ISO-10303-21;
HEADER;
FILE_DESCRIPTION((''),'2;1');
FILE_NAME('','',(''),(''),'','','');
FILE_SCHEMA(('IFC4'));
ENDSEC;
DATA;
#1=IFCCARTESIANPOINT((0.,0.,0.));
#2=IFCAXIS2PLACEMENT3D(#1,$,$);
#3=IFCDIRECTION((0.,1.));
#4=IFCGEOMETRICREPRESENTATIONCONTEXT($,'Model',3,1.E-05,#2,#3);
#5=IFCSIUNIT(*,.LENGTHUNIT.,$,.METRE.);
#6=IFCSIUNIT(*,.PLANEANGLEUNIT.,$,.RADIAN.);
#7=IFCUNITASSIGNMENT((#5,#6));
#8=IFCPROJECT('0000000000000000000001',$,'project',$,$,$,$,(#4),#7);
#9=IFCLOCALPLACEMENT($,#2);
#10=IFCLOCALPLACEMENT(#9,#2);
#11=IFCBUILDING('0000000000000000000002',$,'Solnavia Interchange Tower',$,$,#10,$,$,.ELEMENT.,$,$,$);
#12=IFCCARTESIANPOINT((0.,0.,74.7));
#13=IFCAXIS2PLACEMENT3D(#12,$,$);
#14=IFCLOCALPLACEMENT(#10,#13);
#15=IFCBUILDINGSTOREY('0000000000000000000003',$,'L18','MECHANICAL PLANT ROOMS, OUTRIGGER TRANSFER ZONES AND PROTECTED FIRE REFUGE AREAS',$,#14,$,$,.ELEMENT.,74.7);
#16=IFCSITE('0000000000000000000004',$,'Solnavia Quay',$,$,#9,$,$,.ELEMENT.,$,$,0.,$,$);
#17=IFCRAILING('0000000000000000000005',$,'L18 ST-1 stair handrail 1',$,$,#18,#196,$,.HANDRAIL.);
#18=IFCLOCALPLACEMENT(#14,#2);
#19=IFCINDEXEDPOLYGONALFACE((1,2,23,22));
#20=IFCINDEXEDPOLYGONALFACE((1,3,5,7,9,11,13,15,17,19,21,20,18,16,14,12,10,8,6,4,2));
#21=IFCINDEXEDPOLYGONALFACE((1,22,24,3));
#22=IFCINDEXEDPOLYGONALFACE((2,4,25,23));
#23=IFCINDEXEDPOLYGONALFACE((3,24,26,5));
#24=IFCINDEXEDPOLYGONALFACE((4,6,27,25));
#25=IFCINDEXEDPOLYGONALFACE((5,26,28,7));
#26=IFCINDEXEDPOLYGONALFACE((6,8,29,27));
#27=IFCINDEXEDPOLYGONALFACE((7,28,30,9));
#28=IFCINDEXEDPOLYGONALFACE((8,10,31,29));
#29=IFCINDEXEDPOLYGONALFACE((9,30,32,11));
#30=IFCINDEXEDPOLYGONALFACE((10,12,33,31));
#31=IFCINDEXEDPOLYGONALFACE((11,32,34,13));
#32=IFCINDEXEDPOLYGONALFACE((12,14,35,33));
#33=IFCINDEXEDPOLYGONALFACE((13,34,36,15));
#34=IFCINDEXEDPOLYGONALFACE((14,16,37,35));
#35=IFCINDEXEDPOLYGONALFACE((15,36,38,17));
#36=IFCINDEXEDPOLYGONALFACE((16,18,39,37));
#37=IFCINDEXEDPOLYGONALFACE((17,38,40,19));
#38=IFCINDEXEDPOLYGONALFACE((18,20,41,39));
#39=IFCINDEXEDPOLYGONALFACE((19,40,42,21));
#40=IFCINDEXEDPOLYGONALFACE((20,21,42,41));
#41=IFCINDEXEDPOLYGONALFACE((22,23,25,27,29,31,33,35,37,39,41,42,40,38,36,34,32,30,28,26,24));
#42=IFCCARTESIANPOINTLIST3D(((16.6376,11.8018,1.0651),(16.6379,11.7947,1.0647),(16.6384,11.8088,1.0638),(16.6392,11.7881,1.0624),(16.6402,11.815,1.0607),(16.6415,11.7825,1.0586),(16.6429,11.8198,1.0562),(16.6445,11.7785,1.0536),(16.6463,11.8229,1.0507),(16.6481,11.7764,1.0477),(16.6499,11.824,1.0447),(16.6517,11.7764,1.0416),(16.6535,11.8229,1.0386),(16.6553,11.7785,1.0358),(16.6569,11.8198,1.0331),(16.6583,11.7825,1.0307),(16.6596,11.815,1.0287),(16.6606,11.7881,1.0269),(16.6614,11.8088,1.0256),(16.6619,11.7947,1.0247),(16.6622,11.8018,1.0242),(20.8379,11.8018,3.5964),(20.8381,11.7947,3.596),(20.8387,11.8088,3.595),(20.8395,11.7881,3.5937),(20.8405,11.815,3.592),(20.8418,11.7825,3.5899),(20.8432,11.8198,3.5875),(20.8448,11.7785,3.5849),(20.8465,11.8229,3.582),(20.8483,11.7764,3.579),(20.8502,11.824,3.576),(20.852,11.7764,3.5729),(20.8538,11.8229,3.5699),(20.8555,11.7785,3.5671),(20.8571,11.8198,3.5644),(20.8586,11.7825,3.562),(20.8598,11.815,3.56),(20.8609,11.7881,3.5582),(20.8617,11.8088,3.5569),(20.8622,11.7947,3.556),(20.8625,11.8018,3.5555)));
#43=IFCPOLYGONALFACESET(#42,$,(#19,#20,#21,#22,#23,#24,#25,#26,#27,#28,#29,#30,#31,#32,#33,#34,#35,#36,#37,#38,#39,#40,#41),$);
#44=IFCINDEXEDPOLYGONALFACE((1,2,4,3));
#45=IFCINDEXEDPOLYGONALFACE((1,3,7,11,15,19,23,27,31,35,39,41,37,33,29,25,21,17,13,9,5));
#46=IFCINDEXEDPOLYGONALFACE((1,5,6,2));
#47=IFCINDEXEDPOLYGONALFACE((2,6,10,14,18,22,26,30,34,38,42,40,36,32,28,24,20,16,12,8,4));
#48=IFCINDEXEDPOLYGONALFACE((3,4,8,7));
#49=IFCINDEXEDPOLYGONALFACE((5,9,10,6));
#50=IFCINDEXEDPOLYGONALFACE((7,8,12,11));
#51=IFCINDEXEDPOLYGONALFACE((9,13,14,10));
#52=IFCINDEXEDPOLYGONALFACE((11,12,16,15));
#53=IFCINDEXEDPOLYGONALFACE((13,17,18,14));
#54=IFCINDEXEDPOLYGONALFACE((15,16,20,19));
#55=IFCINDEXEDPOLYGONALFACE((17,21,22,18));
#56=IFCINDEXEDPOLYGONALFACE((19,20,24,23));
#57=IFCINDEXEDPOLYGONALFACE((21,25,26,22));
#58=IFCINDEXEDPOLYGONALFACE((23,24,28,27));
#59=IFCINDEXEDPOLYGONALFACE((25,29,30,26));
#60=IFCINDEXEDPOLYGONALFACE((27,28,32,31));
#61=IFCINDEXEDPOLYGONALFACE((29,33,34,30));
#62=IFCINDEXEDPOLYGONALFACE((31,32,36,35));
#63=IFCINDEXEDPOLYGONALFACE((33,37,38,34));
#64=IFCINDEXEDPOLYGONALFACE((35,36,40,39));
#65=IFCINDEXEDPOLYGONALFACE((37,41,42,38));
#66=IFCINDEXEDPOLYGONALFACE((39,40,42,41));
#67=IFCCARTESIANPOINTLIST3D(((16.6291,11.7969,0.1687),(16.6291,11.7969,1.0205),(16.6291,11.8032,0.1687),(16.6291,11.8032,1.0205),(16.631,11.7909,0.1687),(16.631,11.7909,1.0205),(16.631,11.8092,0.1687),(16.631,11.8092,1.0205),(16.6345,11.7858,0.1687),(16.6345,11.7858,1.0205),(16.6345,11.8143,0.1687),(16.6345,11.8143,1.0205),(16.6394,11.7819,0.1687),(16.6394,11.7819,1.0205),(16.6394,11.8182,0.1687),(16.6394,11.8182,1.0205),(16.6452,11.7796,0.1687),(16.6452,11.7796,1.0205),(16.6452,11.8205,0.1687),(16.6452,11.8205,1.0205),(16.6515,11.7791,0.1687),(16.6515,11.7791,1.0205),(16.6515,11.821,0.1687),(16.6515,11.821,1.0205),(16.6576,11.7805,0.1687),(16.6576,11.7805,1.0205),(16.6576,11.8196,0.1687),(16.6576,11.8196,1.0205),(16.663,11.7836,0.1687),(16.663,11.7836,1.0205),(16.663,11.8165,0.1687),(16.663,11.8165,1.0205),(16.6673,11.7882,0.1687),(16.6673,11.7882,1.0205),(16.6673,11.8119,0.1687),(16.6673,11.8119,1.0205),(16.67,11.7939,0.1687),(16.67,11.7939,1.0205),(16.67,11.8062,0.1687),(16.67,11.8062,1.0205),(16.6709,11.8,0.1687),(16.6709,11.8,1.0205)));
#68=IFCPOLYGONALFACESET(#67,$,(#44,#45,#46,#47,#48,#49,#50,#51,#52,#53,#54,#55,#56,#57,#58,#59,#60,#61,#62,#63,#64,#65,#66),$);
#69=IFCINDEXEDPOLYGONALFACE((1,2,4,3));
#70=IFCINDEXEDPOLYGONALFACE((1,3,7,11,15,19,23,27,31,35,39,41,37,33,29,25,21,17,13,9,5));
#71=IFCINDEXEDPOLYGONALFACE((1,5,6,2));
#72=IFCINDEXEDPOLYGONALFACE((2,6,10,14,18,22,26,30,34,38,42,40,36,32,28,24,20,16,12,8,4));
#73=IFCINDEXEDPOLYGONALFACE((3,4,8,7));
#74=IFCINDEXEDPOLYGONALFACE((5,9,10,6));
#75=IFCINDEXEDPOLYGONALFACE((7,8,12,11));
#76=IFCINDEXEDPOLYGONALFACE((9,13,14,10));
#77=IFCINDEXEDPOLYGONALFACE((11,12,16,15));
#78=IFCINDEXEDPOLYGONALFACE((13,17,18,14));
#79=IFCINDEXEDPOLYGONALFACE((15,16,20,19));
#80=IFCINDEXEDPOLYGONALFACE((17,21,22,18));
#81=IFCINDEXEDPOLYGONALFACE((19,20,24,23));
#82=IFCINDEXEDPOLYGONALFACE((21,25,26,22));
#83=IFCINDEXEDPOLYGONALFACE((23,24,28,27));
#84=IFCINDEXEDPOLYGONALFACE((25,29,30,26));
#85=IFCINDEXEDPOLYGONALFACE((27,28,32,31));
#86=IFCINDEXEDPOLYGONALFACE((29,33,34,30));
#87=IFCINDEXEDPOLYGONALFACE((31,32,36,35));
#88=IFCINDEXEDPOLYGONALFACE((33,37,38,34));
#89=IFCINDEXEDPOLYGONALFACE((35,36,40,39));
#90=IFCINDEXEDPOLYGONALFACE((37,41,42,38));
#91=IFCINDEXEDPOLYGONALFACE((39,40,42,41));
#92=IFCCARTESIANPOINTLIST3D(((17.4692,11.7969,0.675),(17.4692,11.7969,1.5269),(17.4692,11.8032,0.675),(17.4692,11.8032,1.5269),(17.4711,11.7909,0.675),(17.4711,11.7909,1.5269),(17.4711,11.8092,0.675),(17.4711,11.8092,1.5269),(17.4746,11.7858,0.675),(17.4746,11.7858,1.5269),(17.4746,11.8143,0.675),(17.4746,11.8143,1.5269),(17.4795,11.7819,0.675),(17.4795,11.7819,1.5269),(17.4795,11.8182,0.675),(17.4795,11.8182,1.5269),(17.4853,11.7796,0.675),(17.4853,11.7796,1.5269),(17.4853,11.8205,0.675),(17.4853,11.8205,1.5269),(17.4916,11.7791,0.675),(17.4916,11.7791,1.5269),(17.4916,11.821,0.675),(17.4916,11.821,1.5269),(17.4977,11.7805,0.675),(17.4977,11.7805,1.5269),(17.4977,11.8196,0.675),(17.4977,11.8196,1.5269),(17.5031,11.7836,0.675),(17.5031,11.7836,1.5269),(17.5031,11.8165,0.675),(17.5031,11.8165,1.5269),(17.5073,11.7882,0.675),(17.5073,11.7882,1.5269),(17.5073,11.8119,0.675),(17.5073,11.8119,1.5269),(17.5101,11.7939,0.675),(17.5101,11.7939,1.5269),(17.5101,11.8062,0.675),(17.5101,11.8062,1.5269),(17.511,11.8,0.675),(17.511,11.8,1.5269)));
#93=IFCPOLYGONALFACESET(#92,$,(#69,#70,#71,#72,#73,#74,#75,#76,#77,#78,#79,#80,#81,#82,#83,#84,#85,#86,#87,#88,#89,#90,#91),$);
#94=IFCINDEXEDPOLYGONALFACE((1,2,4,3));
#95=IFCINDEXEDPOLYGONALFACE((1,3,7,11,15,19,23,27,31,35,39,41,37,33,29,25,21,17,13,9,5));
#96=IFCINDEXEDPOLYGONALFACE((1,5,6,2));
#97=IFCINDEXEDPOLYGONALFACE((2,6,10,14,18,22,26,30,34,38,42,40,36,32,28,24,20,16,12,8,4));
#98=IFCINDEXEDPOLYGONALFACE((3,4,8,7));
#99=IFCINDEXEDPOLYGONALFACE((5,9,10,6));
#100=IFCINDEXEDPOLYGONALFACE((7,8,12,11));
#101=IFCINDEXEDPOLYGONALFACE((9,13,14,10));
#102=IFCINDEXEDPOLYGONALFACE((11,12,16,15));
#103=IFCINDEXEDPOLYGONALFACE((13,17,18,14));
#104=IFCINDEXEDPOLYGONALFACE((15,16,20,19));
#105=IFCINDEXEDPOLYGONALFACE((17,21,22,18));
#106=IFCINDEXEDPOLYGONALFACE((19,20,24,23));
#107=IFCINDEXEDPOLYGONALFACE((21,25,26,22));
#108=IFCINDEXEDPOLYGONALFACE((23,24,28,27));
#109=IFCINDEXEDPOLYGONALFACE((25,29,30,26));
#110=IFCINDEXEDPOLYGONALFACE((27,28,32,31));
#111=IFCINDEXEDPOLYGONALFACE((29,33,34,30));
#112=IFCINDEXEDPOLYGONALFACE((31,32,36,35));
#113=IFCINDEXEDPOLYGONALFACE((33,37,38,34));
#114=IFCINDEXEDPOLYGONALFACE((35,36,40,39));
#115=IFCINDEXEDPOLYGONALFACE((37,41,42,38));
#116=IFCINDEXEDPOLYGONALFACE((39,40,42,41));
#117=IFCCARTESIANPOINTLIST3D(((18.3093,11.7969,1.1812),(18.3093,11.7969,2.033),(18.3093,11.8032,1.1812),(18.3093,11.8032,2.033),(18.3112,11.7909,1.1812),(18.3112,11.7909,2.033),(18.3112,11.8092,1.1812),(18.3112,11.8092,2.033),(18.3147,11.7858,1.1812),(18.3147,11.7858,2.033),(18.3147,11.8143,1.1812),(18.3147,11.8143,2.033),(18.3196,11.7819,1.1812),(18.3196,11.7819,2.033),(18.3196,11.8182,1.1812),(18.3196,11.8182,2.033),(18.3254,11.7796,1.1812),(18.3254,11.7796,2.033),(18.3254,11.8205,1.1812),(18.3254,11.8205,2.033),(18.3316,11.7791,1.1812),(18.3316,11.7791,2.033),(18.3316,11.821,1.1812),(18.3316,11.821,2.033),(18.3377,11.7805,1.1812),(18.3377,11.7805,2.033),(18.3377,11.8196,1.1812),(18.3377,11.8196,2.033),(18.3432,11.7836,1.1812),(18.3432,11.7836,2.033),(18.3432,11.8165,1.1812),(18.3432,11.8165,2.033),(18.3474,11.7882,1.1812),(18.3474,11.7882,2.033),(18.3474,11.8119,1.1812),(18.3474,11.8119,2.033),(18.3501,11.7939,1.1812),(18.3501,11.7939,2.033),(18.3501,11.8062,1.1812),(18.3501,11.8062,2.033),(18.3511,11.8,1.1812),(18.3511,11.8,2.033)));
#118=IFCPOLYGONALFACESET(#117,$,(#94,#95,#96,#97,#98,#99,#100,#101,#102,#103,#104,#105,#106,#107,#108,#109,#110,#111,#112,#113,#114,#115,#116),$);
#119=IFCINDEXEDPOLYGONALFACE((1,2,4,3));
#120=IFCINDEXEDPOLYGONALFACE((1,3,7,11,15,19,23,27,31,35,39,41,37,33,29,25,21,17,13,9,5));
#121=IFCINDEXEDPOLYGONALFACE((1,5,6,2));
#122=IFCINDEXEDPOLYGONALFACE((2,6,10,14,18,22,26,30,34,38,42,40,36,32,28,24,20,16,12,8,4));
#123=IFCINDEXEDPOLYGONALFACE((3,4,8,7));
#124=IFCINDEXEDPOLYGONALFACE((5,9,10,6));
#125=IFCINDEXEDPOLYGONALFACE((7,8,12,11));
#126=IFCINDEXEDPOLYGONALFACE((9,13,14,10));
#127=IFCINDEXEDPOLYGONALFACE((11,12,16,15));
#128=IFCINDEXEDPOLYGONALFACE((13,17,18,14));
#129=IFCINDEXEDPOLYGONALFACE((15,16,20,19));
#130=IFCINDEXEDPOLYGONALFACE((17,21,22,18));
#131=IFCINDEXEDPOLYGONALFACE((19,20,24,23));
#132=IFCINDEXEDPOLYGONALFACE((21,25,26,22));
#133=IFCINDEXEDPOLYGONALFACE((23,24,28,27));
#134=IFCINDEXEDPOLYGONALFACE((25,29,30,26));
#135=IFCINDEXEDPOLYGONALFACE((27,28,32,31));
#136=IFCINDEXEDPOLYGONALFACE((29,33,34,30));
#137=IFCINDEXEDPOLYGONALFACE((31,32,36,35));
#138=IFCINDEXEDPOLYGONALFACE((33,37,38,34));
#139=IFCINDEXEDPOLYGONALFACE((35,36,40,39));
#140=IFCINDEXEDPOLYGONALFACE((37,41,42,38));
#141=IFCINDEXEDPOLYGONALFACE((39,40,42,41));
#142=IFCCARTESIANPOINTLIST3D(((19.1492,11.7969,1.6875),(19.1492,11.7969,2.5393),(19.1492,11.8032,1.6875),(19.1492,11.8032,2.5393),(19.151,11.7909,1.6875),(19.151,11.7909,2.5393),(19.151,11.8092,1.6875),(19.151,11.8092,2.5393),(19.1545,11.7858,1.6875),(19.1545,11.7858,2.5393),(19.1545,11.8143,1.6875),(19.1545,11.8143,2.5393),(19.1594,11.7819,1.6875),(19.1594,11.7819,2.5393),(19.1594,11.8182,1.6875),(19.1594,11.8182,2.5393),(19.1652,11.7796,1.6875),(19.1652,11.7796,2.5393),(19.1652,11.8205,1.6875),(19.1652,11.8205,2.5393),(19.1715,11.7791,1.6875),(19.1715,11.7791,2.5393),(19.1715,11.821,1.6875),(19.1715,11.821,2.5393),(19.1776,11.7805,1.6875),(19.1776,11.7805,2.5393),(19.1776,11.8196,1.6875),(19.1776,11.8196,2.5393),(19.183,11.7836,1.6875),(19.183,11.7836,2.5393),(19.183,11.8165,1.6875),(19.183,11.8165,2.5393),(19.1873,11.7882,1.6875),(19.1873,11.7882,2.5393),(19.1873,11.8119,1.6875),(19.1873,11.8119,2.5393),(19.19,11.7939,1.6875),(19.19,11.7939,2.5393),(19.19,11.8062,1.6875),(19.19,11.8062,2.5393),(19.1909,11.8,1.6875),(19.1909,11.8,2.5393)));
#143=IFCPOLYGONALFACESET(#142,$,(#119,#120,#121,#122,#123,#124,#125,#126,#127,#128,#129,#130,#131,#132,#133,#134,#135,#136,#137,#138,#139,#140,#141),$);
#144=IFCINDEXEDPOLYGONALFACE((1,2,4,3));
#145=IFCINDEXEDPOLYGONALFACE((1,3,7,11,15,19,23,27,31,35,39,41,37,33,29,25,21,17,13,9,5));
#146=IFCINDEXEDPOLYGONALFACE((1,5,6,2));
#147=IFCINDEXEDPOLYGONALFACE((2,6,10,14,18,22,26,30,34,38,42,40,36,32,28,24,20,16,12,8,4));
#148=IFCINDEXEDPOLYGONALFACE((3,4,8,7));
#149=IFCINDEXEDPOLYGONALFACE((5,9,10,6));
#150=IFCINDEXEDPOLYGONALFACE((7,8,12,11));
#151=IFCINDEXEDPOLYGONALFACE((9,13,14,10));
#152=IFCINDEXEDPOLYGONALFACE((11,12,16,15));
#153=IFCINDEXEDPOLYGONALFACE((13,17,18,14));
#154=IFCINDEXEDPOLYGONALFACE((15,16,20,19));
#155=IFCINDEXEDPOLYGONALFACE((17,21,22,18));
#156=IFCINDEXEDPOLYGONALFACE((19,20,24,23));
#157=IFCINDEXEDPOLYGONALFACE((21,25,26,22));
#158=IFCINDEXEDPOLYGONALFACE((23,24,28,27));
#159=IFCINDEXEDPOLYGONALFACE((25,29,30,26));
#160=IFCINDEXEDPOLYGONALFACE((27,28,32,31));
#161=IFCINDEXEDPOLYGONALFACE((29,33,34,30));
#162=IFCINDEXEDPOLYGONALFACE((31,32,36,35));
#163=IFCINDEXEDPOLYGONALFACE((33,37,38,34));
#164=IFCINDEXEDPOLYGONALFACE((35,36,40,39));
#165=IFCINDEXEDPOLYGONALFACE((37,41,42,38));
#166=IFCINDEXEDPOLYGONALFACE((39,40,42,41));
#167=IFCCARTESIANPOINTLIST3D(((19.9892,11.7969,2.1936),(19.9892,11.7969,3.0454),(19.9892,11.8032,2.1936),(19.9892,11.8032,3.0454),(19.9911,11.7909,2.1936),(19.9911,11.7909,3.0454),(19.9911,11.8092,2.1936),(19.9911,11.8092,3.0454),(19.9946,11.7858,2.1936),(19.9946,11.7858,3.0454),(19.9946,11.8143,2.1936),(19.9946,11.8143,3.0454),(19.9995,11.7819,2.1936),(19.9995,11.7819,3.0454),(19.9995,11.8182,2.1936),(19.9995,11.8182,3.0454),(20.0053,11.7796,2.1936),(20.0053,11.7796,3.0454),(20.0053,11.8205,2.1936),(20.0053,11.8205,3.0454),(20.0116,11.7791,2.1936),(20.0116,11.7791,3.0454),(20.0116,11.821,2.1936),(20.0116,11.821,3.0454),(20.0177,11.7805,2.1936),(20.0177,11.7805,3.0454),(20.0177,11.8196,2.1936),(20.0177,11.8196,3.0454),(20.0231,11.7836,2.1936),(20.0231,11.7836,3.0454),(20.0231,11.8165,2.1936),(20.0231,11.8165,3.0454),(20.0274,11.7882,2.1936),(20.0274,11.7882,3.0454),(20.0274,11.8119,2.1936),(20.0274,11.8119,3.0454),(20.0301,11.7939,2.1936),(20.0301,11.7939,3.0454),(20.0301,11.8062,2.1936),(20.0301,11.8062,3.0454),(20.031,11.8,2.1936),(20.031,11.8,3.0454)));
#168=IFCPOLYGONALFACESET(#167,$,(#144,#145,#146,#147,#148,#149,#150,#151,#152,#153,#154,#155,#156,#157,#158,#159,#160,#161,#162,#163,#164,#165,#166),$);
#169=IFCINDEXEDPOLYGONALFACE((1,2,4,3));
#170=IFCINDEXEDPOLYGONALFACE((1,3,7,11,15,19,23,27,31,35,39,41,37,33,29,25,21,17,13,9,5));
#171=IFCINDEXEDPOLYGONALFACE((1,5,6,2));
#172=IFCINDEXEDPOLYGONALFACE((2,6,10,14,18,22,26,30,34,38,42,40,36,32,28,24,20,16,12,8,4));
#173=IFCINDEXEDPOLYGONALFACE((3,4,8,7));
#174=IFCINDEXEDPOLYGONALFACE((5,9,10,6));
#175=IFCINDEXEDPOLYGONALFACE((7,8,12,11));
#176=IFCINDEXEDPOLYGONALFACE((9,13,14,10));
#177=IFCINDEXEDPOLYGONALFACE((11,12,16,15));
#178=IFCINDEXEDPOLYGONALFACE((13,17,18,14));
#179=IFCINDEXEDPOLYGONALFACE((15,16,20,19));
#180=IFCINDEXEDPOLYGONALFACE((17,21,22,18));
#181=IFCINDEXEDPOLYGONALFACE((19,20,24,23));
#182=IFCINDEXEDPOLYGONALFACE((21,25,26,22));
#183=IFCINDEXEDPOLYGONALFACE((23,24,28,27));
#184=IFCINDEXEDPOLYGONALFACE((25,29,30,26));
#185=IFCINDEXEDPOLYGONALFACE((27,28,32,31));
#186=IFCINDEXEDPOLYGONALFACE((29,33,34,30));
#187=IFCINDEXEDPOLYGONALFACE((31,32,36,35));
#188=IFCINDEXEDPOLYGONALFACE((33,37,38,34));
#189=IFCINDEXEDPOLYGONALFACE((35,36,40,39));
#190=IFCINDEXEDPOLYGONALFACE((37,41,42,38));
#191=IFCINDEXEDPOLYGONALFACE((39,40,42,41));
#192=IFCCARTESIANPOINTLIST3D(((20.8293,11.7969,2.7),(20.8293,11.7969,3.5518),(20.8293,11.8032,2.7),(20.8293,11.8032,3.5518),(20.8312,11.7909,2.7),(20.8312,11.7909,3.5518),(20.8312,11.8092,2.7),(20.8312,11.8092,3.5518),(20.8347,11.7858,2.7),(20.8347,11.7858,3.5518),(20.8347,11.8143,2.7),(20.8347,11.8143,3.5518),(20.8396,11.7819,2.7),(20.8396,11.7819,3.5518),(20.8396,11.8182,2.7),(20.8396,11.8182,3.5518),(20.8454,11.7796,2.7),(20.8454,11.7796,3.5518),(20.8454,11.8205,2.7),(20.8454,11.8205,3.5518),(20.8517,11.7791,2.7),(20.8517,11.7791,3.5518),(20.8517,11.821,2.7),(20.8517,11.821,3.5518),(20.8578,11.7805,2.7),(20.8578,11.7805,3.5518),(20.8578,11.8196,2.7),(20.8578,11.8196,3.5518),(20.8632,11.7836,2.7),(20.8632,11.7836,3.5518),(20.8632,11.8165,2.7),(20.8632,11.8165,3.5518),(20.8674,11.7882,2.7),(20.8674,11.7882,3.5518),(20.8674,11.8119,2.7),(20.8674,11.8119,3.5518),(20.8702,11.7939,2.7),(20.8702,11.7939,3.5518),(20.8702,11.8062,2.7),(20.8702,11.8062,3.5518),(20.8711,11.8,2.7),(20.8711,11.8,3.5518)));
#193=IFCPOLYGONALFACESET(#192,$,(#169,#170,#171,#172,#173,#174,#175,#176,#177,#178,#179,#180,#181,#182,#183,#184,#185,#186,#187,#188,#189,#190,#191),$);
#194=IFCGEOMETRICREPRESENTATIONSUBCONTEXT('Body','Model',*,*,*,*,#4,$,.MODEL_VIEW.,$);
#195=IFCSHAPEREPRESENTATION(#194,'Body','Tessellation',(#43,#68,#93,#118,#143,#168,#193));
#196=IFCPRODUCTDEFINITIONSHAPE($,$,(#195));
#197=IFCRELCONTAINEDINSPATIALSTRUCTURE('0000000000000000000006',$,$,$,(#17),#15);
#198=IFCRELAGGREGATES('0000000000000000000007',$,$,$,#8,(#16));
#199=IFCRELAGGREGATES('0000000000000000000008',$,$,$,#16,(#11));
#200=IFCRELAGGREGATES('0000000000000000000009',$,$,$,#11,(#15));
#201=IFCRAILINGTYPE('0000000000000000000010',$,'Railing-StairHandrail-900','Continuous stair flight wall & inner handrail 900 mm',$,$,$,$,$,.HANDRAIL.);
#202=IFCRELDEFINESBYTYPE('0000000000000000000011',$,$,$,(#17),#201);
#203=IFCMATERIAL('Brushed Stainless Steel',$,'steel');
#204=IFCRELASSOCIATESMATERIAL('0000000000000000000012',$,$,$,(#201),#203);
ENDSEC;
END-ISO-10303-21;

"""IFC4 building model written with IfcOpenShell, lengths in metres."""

from ifc_helpers import new_model, si_unit, direction, frame, origin, origin_2d, place, context, subcontext, project, spatial, circle, extrude, material, type_object, element, save


model = new_model("IFC4")

# Units and contexts
model_context = context("Model", 3, precision=1e-05, world=origin(), true_north=direction((0.0, 1.0)))
body_context = subcontext(model_context, "Body", "Model", "MODEL_VIEW")
ifc_project = project(units=[si_unit("LENGTHUNIT", "METRE"), si_unit("PLANEANGLEUNIT", "RADIAN")], contexts=[model_context])

# Site, building, storey
site_placement = place(None, origin())
site = spatial("IfcSite", under=ifc_project, at=site_placement, Name="Solnavia Quay", CompositionType="ELEMENT", RefElevation=0.0)
building_placement = place(site_placement, origin())
building = spatial("IfcBuilding", under=site, at=building_placement, Name="Solnavia Interchange Tower", CompositionType="ELEMENT")
storey_placement = place(building_placement, frame((0.0, 0.0, 74.7)))
storey = spatial("IfcBuildingStorey", under=building, at=storey_placement, Name="L18", Description="MECHANICAL PLANT ROOMS, OUTRIGGER TRANSFER ZONES AND PROTECTED FIRE REFUGE AREAS", CompositionType="ELEMENT", Elevation=74.7)

# Railing
ifc_material_1 = material(Name="Brushed Stainless Steel", Category="steel")
railing_type_1 = type_object("IfcRailingType", Name="Railing-StairHandrail-900", Description="Continuous stair flight wall & inner handrail 900 mm", PredefinedType="HANDRAIL", material=ifc_material_1)
railing_1_placement = place(storey_placement, frame((16.6499, 11.8, 0.1687)))
element("IfcRailing", 1, at=railing_1_placement, inside=storey, type_object=railing_type_1, Name="L18 ST-1 stair handrail 1", PredefinedType="HANDRAIL", context=body_context, shape_type="SweptSolid", body=[
    extrude(circle(Radius=0.0239, at=origin_2d()), frame((0.0, 0.0, 0.876), z_axis=(0.85649, 0.0, 0.516164), x_axis=(0.0, 1.0, 0.0)), (0.0, 0.0, 1.0), 4.9041),
    extrude(circle(Radius=0.021, at=origin_2d()), origin(), (0.0, 0.0, 1.0), 0.8518),
    extrude(circle(Radius=0.021, at=origin_2d()), frame((0.8401, 0.0, 0.5063)), (0.0, 0.0, 1.0), 0.8518),
    extrude(circle(Radius=0.021, at=origin_2d()), frame((1.6802, 0.0, 1.0125)), (0.0, 0.0, 1.0), 0.8518),
    extrude(circle(Radius=0.021, at=origin_2d()), frame((2.52, 0.0, 1.5188)), (0.0, 0.0, 1.0), 0.8518),
    extrude(circle(Radius=0.021, at=origin_2d()), frame((3.3601, 0.0, 2.0249)), (0.0, 0.0, 1.0), 0.8518),
    extrude(circle(Radius=0.021, at=origin_2d()), frame((4.2002, 0.0, 2.5312)), (0.0, 0.0, 1.0), 0.8518),
])

save(model, "model.ifc")
